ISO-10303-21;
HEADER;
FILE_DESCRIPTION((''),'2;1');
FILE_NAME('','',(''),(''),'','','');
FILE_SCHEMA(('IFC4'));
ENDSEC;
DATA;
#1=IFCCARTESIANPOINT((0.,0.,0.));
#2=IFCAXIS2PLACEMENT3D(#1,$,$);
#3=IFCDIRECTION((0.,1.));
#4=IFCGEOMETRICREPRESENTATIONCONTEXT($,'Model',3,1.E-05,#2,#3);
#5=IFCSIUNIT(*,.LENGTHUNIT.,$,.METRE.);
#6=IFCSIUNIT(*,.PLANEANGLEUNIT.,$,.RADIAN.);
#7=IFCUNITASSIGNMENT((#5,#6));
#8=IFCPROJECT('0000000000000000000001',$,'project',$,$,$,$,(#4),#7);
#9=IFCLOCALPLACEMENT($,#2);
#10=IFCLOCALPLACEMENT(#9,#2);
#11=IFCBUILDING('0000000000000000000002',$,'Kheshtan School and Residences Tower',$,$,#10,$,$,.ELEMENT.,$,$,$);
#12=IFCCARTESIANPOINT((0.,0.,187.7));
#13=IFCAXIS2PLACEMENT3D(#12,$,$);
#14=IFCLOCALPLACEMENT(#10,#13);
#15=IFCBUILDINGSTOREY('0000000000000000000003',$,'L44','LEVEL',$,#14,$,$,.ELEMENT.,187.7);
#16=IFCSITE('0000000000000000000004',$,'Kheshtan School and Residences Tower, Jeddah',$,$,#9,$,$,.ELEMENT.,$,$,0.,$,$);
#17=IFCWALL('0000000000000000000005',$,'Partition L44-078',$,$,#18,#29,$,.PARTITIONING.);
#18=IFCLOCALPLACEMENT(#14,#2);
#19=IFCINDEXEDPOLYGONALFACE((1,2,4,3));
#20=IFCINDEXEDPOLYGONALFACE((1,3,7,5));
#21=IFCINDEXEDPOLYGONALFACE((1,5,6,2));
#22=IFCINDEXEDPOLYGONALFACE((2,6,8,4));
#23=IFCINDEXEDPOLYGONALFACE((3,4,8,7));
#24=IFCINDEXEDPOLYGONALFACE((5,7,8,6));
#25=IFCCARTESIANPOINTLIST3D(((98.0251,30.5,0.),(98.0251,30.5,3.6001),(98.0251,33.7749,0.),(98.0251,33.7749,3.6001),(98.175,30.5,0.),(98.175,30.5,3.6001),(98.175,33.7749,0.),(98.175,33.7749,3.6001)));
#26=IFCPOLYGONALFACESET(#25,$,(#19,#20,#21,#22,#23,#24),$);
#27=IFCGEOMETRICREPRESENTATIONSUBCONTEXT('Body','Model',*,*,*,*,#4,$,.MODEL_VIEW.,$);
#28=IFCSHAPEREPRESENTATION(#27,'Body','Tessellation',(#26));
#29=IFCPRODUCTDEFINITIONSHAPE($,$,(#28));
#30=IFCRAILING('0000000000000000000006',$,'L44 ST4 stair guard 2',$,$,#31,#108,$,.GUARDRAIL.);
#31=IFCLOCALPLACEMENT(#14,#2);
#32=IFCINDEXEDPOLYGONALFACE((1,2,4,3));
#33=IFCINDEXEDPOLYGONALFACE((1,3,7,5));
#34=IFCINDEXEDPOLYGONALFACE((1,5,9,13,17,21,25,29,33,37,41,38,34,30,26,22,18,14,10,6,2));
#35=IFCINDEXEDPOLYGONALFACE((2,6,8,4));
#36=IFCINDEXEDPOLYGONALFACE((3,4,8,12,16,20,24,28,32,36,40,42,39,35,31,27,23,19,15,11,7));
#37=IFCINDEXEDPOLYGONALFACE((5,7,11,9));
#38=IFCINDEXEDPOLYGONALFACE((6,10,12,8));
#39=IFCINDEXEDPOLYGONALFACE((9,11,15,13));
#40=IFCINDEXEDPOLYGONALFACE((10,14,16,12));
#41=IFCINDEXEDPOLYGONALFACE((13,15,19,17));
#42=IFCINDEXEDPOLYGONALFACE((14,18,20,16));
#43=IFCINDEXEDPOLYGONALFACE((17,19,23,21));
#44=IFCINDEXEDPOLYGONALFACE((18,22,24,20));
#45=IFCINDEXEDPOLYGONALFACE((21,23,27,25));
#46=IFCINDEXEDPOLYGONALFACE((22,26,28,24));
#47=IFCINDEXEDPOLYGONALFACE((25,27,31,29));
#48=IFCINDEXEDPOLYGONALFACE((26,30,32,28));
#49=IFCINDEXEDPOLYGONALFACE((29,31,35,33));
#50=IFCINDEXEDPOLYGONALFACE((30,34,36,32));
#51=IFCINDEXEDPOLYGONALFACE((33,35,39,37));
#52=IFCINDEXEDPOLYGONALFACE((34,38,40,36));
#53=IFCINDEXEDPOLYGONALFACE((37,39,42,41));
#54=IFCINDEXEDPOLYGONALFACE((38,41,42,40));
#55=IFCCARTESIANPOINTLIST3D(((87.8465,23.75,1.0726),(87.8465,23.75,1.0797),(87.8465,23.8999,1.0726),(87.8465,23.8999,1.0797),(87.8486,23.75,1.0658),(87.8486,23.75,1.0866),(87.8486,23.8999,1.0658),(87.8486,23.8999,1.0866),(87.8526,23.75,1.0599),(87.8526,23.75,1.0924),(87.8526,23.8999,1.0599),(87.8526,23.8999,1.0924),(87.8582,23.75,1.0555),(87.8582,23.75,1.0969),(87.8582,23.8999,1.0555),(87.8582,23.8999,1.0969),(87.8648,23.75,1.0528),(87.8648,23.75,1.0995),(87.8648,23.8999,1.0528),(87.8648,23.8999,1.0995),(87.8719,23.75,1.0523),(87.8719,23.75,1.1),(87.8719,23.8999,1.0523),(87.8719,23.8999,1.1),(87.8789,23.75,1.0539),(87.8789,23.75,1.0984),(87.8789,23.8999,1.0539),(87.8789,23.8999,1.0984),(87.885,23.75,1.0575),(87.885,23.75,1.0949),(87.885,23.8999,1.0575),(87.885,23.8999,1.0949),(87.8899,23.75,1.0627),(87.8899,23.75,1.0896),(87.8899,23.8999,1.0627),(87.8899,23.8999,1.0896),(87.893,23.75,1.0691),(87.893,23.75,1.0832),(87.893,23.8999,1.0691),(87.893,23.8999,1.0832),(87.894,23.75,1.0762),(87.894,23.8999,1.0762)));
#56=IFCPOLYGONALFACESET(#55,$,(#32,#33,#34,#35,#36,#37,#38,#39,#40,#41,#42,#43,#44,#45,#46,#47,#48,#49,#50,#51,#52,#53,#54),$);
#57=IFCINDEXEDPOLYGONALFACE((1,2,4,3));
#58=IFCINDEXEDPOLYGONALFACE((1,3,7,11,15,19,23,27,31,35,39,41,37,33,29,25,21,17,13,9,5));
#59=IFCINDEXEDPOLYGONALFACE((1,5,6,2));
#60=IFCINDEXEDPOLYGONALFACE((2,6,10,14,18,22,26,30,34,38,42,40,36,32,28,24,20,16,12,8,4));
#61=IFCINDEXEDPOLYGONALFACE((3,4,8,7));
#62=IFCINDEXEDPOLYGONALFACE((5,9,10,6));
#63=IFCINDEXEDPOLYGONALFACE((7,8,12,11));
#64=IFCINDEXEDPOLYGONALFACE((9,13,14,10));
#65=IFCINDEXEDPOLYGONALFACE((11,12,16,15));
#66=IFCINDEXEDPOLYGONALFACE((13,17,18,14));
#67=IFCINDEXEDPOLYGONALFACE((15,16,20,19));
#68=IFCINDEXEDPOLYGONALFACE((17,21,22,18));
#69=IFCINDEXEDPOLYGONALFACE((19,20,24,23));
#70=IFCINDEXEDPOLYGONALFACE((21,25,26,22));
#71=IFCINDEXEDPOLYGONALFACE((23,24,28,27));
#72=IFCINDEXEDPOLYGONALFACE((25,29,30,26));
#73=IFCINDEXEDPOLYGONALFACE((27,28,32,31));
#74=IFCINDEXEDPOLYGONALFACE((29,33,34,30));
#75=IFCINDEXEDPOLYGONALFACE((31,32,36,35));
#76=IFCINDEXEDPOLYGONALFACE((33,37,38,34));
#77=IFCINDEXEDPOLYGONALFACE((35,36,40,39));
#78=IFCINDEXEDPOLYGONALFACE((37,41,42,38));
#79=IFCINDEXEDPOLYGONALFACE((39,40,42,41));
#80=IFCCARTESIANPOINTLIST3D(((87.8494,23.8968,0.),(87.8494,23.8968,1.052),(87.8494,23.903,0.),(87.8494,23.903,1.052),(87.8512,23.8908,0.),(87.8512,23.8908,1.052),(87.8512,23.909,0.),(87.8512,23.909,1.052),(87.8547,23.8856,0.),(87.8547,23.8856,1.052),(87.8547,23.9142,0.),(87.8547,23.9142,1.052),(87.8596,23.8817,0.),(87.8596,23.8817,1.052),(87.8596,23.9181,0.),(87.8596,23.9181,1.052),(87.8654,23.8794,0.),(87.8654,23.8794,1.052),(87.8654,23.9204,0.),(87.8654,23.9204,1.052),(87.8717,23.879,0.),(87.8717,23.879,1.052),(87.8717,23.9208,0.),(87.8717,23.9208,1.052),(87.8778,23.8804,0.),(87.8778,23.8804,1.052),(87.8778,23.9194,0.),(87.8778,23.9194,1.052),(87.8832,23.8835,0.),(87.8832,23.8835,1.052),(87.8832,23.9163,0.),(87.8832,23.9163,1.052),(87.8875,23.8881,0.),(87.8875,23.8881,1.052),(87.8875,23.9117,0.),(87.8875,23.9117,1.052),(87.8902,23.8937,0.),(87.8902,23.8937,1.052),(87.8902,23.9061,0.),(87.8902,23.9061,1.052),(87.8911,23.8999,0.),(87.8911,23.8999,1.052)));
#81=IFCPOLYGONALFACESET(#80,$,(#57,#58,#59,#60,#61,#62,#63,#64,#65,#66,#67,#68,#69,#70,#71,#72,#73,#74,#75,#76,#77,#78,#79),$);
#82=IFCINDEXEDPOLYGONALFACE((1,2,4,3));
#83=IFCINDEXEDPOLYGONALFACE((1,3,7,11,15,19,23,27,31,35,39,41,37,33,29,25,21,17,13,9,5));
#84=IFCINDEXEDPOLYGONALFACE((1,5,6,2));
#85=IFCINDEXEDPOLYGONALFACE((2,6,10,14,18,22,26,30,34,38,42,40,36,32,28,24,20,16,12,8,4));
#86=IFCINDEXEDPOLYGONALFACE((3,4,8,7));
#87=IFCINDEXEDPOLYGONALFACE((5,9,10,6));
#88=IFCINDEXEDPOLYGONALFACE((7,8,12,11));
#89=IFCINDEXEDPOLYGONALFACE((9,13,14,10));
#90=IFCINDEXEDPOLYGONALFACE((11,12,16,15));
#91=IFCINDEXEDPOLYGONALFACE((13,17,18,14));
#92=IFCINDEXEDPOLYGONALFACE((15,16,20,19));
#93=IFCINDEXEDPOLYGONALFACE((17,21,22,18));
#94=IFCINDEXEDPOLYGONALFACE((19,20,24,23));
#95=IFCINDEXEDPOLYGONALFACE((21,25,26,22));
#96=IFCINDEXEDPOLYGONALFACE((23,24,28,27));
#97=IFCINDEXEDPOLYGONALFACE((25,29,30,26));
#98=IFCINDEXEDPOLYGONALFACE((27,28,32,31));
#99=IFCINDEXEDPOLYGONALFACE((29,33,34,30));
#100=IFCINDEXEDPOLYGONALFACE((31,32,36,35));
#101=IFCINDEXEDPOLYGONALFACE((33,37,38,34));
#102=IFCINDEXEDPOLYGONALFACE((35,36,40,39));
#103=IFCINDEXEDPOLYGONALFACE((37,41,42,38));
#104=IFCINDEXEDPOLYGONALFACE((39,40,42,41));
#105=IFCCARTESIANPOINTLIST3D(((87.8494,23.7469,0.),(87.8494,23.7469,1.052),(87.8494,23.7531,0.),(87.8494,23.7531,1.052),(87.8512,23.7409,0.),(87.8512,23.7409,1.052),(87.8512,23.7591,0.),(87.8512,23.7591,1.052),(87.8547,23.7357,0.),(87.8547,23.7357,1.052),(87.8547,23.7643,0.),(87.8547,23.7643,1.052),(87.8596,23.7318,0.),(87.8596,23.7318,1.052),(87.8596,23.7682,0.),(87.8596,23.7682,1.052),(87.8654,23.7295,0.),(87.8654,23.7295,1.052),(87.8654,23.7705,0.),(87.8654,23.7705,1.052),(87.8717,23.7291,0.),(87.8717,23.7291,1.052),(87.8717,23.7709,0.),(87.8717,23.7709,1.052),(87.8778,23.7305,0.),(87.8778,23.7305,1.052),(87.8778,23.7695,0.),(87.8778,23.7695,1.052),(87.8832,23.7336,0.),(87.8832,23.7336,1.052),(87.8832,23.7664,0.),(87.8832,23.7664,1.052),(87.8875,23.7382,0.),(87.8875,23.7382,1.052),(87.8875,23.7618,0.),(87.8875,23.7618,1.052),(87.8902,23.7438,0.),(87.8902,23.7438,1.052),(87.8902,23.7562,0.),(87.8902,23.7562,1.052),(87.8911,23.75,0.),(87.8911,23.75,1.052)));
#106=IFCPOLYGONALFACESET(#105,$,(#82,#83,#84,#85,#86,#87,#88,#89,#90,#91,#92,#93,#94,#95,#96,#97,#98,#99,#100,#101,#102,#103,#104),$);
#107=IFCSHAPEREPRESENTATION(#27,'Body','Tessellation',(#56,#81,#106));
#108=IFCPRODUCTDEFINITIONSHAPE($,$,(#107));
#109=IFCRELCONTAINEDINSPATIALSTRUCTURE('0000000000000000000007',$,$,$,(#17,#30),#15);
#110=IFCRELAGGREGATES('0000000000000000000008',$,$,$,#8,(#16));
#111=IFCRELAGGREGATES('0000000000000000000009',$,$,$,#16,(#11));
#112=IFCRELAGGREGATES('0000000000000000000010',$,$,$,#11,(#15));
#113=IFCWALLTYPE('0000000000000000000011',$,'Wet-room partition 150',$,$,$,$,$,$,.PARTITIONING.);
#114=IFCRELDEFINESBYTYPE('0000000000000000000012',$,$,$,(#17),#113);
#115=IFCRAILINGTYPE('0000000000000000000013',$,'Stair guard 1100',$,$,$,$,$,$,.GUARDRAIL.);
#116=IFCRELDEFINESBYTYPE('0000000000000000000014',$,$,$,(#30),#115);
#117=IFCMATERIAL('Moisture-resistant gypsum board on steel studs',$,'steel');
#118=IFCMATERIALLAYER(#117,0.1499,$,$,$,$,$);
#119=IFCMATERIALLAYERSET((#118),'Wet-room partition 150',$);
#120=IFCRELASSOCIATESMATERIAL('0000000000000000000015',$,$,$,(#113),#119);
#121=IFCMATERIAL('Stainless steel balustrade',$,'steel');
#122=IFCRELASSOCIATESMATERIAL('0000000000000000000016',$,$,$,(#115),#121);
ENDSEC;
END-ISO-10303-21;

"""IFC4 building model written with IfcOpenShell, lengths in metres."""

from ifc_helpers import new_model, si_unit, direction, frame, frame_2d, origin, origin_2d, place, context, subcontext, project, spatial, rectangle, circle, extrude, material, layer, layer_set, type_object, element, save


model = new_model("IFC4")

# Units and contexts
model_context = context("Model", 3, precision=1e-05, world=origin(), true_north=direction((0.0, 1.0)))
body_context = subcontext(model_context, "Body", "Model", "MODEL_VIEW")
ifc_project = project(units=[si_unit("LENGTHUNIT", "METRE"), si_unit("PLANEANGLEUNIT", "RADIAN")], contexts=[model_context])

# Site, building, storey
site_placement = place(None, origin())
site = spatial("IfcSite", under=ifc_project, at=site_placement, Name="Kheshtan School and Residences Tower, Jeddah", CompositionType="ELEMENT", RefElevation=0.0)
building_placement = place(site_placement, origin())
building = spatial("IfcBuilding", under=site, at=building_placement, Name="Kheshtan School and Residences Tower", CompositionType="ELEMENT")
storey_placement = place(building_placement, frame((0.0, 0.0, 187.7)))
storey = spatial("IfcBuildingStorey", under=building, at=storey_placement, Name="L44", Description="LEVEL", CompositionType="ELEMENT", Elevation=187.7)

# Wall
ifc_material_1 = material(Name="Moisture-resistant gypsum board on steel studs", Category="steel")
ifc_layer_1 = layer(ifc_material_1, 0.1499)
ifc_layer_set_1 = layer_set([ifc_layer_1], Name="Wet-room partition 150")
wall_type_1 = type_object("IfcWallType", Name="Wet-room partition 150", PredefinedType="PARTITIONING", material=ifc_layer_set_1)
wall_1_placement = place(storey_placement, frame((98.1001, 30.5, 0.0), z_axis=(0.0, 0.0, 1.0), x_axis=(0.0, 1.0, 0.0)))
element("IfcWall", 1, at=wall_1_placement, inside=storey, type_object=wall_type_1, Name="Partition L44-078", PredefinedType="PARTITIONING", context=body_context, shape_type="SweptSolid", body=[
    extrude(rectangle(XDim=3.2749, YDim=0.1499, at=frame_2d((1.6375, 0.0))), origin(), (0.0, 0.0, 1.0), 3.6001),
])

# Railing
ifc_material_2 = material(Name="Stainless steel balustrade", Category="steel")
railing_type_1 = type_object("IfcRailingType", Name="Stair guard 1100", PredefinedType="GUARDRAIL", material=ifc_material_2)
railing_1_placement = place(storey_placement, frame((87.8701, 23.8999, 0.0)))
element("IfcRailing", 2, at=railing_1_placement, inside=storey, type_object=railing_type_1, Name="L44 ST4 stair guard 2", PredefinedType="GUARDRAIL", context=body_context, shape_type="SweptSolid", body=[
    extrude(circle(Radius=0.0239, at=origin_2d()), frame((0.0, 0.0, 1.0762), z_axis=(0.0, -1.0, 0.0), x_axis=(1.0, 0.0, 0.0)), (0.0, 0.0, 1.0), 0.1499),
    extrude(circle(Radius=0.021, at=origin_2d()), origin(), (0.0, 0.0, 1.0), 1.052),
    extrude(circle(Radius=0.021, at=origin_2d()), frame((0.0, -0.1499, 0.0)), (0.0, 0.0, 1.0), 1.052),
])

save(model, "model.ifc")
